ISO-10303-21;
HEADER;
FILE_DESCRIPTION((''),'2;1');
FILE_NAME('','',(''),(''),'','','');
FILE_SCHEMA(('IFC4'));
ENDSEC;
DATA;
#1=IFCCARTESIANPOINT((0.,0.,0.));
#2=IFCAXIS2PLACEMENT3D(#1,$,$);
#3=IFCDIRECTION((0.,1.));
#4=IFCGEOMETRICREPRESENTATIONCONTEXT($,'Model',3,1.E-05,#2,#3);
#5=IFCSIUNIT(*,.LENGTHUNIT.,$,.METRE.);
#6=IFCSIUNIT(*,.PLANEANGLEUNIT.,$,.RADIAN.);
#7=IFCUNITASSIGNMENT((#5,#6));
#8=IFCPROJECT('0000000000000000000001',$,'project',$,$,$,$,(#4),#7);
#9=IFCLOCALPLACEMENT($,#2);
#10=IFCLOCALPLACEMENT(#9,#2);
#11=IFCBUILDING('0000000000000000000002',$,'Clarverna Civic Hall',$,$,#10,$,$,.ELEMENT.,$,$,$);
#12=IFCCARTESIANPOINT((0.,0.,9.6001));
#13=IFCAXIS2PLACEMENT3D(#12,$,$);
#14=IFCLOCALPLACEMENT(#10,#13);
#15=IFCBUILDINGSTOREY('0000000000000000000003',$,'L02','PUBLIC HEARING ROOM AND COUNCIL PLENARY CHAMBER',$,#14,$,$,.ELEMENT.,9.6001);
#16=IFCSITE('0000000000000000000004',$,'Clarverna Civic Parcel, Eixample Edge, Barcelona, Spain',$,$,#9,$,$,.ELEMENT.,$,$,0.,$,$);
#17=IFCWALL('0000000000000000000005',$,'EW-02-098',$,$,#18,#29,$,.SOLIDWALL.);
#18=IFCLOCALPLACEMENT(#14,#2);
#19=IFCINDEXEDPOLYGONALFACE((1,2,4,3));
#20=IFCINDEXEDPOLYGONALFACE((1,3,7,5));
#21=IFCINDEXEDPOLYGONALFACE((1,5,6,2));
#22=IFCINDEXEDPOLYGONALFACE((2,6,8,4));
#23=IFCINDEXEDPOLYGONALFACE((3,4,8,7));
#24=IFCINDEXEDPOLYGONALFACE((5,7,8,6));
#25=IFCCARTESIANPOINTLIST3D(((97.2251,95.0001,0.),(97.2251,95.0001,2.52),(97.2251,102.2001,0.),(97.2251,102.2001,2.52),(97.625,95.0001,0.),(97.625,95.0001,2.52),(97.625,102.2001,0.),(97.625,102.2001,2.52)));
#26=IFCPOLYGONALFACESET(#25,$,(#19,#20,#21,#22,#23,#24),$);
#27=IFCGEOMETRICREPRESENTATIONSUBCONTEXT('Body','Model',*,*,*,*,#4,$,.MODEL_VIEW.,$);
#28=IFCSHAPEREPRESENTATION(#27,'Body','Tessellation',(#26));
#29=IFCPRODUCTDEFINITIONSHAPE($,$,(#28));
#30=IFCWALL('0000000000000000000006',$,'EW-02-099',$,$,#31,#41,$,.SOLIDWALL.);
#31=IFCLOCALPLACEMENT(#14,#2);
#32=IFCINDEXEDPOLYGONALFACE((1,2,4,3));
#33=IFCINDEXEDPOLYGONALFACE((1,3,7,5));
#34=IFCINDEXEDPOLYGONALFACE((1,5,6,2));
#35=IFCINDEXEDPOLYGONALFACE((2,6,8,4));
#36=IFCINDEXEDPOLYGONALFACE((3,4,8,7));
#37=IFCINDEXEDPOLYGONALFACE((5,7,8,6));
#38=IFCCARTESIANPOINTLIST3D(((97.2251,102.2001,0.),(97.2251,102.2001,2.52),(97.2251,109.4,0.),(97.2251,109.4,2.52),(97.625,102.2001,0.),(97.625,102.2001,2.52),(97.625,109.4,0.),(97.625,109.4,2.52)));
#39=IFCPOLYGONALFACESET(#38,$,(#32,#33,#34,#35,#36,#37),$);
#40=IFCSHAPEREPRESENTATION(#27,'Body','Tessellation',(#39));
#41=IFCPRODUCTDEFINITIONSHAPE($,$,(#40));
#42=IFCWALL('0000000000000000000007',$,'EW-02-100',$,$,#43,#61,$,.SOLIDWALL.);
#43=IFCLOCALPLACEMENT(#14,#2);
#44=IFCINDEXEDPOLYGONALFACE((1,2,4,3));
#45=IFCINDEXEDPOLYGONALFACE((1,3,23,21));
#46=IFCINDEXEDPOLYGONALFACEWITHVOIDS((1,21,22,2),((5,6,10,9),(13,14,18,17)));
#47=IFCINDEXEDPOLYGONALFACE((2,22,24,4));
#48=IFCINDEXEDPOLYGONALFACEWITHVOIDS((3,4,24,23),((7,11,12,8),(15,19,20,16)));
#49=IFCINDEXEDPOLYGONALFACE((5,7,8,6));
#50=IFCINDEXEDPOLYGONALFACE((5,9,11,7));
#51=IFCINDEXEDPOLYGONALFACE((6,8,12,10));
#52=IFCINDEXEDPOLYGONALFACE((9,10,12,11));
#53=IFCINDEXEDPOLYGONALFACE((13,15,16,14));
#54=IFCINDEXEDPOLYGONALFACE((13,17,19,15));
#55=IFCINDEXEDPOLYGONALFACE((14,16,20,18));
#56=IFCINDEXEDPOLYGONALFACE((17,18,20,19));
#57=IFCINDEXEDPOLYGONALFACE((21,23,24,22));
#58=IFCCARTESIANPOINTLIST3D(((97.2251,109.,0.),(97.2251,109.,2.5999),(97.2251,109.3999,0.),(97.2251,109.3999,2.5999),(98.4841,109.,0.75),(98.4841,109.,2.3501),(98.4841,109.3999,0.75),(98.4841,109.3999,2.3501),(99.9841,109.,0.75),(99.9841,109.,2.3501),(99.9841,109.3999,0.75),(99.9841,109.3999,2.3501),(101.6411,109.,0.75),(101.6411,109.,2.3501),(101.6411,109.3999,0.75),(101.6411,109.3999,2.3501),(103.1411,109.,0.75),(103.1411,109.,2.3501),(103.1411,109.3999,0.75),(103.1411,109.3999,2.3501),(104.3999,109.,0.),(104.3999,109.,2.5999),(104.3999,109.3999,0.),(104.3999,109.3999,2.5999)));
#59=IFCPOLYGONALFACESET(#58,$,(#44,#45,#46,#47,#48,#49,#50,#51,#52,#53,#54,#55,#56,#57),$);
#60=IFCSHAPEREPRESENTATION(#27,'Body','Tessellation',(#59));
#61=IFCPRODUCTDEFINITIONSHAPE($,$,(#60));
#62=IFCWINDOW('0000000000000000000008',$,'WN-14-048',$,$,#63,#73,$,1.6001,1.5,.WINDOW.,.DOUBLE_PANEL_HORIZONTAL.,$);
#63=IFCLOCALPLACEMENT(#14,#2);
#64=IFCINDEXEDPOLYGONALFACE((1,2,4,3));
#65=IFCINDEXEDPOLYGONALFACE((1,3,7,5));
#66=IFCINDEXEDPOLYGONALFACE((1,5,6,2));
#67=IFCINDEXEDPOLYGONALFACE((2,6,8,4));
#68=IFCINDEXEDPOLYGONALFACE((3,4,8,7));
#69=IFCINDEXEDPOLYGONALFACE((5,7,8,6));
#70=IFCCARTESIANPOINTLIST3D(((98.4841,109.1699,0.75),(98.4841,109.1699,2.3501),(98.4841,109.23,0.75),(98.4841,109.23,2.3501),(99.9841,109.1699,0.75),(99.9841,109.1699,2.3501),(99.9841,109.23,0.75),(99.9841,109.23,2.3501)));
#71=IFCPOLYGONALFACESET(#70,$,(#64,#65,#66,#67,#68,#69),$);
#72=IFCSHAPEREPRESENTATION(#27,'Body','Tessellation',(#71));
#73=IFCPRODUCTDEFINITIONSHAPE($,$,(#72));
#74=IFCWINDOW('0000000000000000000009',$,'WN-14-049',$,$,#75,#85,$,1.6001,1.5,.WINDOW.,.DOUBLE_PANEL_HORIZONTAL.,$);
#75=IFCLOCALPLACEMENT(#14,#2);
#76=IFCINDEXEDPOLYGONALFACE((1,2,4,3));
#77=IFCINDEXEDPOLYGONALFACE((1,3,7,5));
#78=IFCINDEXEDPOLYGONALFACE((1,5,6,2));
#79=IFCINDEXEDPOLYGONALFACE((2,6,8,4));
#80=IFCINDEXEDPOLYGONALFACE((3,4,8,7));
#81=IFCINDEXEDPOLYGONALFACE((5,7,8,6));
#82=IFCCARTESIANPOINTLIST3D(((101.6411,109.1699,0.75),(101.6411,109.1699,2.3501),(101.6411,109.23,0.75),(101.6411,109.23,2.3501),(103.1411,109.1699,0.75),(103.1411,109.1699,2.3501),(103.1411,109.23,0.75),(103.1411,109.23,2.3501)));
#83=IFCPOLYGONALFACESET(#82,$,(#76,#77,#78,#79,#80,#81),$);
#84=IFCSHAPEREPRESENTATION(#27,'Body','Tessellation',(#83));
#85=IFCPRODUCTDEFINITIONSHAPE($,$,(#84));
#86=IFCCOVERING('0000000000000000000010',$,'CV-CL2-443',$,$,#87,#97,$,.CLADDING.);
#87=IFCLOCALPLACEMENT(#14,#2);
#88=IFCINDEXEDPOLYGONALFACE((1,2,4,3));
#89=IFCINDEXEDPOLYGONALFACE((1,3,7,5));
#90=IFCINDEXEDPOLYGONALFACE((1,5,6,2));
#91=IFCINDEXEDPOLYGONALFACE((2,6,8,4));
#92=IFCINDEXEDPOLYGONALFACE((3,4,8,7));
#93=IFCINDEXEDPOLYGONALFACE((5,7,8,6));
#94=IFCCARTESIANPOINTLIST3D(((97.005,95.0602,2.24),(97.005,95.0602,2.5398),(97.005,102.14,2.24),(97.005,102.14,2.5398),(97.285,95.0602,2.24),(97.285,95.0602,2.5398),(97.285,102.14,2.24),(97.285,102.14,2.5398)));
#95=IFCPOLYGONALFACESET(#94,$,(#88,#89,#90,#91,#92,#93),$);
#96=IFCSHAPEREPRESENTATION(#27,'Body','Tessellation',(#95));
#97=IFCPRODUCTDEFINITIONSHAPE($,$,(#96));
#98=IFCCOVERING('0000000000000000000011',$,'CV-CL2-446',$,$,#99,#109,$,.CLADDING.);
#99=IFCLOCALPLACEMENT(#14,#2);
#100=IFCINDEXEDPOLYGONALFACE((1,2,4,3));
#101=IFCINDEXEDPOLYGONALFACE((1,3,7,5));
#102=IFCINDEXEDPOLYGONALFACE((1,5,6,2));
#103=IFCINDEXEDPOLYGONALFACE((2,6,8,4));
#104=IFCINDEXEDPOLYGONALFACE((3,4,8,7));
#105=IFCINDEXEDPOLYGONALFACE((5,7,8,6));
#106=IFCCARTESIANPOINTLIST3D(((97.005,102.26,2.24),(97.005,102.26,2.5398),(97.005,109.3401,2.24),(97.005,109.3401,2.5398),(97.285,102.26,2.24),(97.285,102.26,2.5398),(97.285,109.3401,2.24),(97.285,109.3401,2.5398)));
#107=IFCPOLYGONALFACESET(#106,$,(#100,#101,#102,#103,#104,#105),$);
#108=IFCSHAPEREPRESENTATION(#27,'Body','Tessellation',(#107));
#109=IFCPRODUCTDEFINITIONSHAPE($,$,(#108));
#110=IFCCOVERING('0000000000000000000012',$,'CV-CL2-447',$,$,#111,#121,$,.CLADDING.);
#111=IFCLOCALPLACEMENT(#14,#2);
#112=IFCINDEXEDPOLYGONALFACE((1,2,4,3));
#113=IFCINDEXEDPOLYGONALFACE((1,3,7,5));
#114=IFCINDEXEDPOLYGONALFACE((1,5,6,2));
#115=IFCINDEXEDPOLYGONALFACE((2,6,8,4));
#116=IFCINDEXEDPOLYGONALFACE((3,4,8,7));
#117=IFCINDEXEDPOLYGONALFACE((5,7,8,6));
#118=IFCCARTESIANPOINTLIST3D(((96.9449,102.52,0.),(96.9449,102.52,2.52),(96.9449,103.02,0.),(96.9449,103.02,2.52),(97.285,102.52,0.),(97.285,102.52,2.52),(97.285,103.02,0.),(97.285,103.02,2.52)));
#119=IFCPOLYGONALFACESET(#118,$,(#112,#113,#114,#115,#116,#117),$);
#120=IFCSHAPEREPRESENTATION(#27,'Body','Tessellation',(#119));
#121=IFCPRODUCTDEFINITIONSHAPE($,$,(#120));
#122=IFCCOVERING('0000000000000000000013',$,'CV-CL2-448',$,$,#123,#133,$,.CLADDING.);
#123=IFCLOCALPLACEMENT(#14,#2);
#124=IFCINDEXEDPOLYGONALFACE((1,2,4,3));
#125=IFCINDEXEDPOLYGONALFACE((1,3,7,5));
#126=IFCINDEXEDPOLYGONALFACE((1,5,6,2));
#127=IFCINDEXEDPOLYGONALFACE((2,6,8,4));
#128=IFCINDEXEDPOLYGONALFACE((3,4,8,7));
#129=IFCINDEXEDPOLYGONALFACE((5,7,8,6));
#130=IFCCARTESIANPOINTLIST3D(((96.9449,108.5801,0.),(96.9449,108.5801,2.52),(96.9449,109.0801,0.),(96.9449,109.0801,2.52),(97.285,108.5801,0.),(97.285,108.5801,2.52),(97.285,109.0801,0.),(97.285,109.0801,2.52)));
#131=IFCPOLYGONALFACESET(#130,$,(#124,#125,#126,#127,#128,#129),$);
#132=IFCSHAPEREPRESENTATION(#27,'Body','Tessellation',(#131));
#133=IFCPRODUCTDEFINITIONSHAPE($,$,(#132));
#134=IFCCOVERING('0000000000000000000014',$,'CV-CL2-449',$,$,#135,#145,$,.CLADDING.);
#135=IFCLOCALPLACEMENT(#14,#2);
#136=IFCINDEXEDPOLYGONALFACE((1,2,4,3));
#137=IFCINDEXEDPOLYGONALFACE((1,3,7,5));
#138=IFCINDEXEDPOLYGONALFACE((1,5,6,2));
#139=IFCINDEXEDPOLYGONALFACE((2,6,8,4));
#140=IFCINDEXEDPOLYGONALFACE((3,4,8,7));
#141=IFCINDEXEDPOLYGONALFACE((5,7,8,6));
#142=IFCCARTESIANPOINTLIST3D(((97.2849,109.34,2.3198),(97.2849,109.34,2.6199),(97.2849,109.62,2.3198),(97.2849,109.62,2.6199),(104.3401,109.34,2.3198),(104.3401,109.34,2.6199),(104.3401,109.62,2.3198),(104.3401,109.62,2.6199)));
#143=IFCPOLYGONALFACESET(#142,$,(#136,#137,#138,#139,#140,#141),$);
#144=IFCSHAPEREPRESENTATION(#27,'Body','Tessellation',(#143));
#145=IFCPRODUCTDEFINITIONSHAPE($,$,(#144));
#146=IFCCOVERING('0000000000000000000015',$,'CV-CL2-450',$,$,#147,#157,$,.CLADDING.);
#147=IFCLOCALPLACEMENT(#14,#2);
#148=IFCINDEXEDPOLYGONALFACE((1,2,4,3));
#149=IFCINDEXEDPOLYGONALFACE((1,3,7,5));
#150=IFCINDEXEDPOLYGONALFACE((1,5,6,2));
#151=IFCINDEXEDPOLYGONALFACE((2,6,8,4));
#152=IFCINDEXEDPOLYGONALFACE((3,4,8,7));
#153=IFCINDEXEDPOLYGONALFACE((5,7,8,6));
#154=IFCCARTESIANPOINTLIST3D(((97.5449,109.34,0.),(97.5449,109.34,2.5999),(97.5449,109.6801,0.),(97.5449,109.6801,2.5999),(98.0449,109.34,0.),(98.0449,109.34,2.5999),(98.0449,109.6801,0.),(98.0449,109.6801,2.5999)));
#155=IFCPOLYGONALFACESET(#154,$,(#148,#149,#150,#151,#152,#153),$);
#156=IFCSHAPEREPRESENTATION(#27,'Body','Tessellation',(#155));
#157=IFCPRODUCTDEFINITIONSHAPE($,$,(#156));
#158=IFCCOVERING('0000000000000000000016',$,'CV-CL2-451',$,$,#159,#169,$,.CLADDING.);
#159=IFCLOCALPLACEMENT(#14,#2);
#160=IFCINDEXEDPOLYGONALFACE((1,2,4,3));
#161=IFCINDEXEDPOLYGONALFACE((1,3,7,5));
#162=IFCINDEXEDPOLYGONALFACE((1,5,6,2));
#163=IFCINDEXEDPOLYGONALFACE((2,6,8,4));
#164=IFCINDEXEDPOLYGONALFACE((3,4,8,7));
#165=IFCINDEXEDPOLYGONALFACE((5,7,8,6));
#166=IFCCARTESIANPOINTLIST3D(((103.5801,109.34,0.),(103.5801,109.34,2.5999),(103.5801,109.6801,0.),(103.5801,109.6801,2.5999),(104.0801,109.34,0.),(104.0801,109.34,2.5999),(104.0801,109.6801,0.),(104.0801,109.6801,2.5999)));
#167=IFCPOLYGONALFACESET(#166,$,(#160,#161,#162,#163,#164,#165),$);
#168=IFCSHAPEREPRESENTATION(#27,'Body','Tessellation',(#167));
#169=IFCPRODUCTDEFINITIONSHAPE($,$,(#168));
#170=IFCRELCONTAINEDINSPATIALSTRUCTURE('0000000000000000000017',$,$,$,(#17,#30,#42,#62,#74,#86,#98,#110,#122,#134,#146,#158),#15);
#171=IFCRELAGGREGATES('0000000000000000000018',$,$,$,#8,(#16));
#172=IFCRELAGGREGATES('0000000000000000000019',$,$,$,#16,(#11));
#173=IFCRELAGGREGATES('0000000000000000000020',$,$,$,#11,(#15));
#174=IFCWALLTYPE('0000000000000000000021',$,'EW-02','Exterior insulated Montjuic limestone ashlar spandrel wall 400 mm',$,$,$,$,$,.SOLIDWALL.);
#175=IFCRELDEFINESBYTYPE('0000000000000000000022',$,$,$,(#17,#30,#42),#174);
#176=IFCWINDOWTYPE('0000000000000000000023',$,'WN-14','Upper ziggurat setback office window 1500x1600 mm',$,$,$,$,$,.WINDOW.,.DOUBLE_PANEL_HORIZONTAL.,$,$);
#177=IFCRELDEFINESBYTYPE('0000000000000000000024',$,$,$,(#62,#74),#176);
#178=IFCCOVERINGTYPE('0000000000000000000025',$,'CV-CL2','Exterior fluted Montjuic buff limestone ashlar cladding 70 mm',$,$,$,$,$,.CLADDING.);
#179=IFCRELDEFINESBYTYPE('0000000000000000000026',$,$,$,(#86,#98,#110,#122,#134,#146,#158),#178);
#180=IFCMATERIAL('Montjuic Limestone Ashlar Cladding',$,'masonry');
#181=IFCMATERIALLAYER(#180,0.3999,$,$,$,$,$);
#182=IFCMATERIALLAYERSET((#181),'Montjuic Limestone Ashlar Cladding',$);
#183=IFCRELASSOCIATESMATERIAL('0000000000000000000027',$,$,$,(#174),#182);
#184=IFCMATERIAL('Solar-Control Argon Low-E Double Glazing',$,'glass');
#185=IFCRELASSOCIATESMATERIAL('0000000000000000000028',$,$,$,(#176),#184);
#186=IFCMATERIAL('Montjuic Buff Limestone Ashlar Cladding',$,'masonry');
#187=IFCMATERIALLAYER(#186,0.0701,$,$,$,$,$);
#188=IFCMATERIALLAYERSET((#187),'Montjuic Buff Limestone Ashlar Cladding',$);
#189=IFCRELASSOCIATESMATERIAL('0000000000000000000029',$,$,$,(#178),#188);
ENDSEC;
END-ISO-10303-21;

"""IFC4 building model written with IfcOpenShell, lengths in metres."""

from ifc_helpers import new_model, si_unit, direction, frame, frame_2d, origin, place, context, subcontext, project, spatial, rectangle, extrude, material, layer, layer_set, type_object, element, fill, save


model = new_model("IFC4")

# Units and contexts
model_context = context("Model", 3, precision=1e-05, world=origin(), true_north=direction((0.0, 1.0)))
body_context = subcontext(model_context, "Body", "Model", "MODEL_VIEW")
ifc_project = project(units=[si_unit("LENGTHUNIT", "METRE"), si_unit("PLANEANGLEUNIT", "RADIAN")], contexts=[model_context])

# Site, building, storey
site_placement = place(None, origin())
site = spatial("IfcSite", under=ifc_project, at=site_placement, Name="Clarverna Civic Parcel, Eixample Edge, Barcelona, Spain", CompositionType="ELEMENT", RefElevation=0.0)
building_placement = place(site_placement, origin())
building = spatial("IfcBuilding", under=site, at=building_placement, Name="Clarverna Civic Hall", CompositionType="ELEMENT")
storey_placement = place(building_placement, frame((0.0, 0.0, 9.6001)))
storey = spatial("IfcBuildingStorey", under=building, at=storey_placement, Name="L02", Description="PUBLIC HEARING ROOM AND COUNCIL PLENARY CHAMBER", CompositionType="ELEMENT", Elevation=9.6001)

# Walls
ifc_material_1 = material(Name="Montjuic Limestone Ashlar Cladding", Category="masonry")
ifc_layer_1 = layer(ifc_material_1, 0.3999)
ifc_layer_set_1 = layer_set([ifc_layer_1], Name="Montjuic Limestone Ashlar Cladding")
wall_type = type_object("IfcWallType", Name="EW-02", Description="Exterior insulated Montjuic limestone ashlar spandrel wall 400 mm", PredefinedType="SOLIDWALL", material=ifc_layer_set_1)
for number, where, z_axis, x_axis, name in (
    (1, (97.425, 95.0, 0.0), (0.0, 0.0, 1.0), (0.0, 1.0, 0.0), "EW-02-098"),
    (2, (97.425, 102.2, 0.0), (0.0, 0.0, 1.0), (0.0, 1.0, 0.0), "EW-02-099"),
):
    element("IfcWall", number, at=place(storey_placement, frame(where, z_axis=z_axis, x_axis=x_axis)), inside=storey, type_object=wall_type, Name=name, PredefinedType="SOLIDWALL", context=body_context, shape_type="SweptSolid", body=[
        extrude(rectangle(XDim=7.2, YDim=0.3999, at=frame_2d((3.6001, 0.0))), origin(), (0.0, 0.0, 1.0), 2.52),
    ])

# Wall, openings, windows
wall_placement = place(storey_placement, frame((97.2251, 109.2, 0.0), z_axis=(0.0, 0.0, 1.0), x_axis=(1.0, 0.0, 0.0)))
wall = element("IfcWall", 3, at=wall_placement, inside=storey, type_object=wall_type, Name="EW-02-100", PredefinedType="SOLIDWALL", context=body_context, shape_type="SweptSolid", body=[
    extrude(rectangle(XDim=7.1748, YDim=0.3999, at=frame_2d((3.5874, 0.0))), origin(), (0.0, 0.0, 1.0), 2.5999),
])
opening_1_placement = place(wall_placement, frame((1.259, 0.0, 0.75)))
opening_1 = element("IfcOpeningElement", 4, at=opening_1_placement, cuts=wall, PredefinedType="OPENING", context=body_context, shape_type="SweptSolid", body=[
    extrude(rectangle(XDim=1.5, YDim=1.6001, at=frame_2d((0.75, 0.8))), frame((0.0, 0.21, 0.0), z_axis=(0.0, -1.0, 0.0), x_axis=(1.0, 0.0, 0.0)), (0.0, 0.0, 1.0), 0.4199),
])
opening_2_placement = place(wall_placement, frame((4.416, 0.0, 0.75)))
opening_2 = element("IfcOpeningElement", 5, at=opening_2_placement, cuts=wall, PredefinedType="OPENING", context=body_context, shape_type="SweptSolid", body=[
    extrude(rectangle(XDim=1.5, YDim=1.6001, at=frame_2d((0.75, 0.8))), frame((0.0, 0.21, 0.0), z_axis=(0.0, -1.0, 0.0), x_axis=(1.0, 0.0, 0.0)), (0.0, 0.0, 1.0), 0.4199),
])
ifc_material_2 = material(Name="Solar-Control Argon Low-E Double Glazing", Category="glass")
window_type = type_object("IfcWindowType", Name="WN-14", Description="Upper ziggurat setback office window 1500x1600 mm", PartitioningType="DOUBLE_PANEL_HORIZONTAL", PredefinedType="WINDOW", material=ifc_material_2)
window_1_placement = place(opening_1_placement, origin())
window_1 = element("IfcWindow", 6, at=window_1_placement, inside=storey, type_object=window_type, Name="WN-14-048", OverallHeight=1.6001, OverallWidth=1.5, PartitioningType="DOUBLE_PANEL_HORIZONTAL", PredefinedType="WINDOW", context=body_context, shape_type="SweptSolid", body=[
    extrude(rectangle(XDim=1.5, YDim=1.6001, at=frame_2d((0.75, 0.8))), frame((0.0, 0.03, 0.0), z_axis=(0.0, -1.0, 0.0), x_axis=(1.0, 0.0, 0.0)), (0.0, 0.0, 1.0), 0.0601),
])
fill(opening_1, window_1)
window_2_placement = place(opening_2_placement, origin())
window_2 = element("IfcWindow", 7, at=window_2_placement, inside=storey, type_object=window_type, Name="WN-14-049", OverallHeight=1.6001, OverallWidth=1.5, PartitioningType="DOUBLE_PANEL_HORIZONTAL", PredefinedType="WINDOW", context=body_context, shape_type="SweptSolid", body=[
    extrude(rectangle(XDim=1.5, YDim=1.6001, at=frame_2d((0.75, 0.8))), frame((0.0, 0.03, 0.0), z_axis=(0.0, -1.0, 0.0), x_axis=(1.0, 0.0, 0.0)), (0.0, 0.0, 1.0), 0.0601),
])
fill(opening_2, window_2)

# Coverings
ifc_material_3 = material(Name="Montjuic Buff Limestone Ashlar Cladding", Category="masonry")
ifc_layer_2 = layer(ifc_material_3, 0.0701)
ifc_layer_set_2 = layer_set([ifc_layer_2], Name="Montjuic Buff Limestone Ashlar Cladding")
covering_type = type_object("IfcCoveringType", Name="CV-CL2", Description="Exterior fluted Montjuic buff limestone ashlar cladding 70 mm", PredefinedType="CLADDING", material=ifc_layer_set_2)
covering_1_placement = place(storey_placement, frame((97.145, 95.0601, 2.24), z_axis=(0.0, 0.0, 1.0), x_axis=(0.0, 1.0, 0.0)))
element("IfcCovering", 8, at=covering_1_placement, inside=storey, type_object=covering_type, Name="CV-CL2-443", PredefinedType="CLADDING", context=body_context, shape_type="SweptSolid", body=[
    extrude(rectangle(XDim=7.0798, YDim=0.28, at=frame_2d((3.54, 0.0))), origin(), (0.0, 0.0, 1.0), 0.2998),
])
covering_2_placement = place(storey_placement, frame((97.145, 102.26, 2.24), z_axis=(0.0, 0.0, 1.0), x_axis=(0.0, 1.0, 0.0)))
element("IfcCovering", 9, at=covering_2_placement, inside=storey, type_object=covering_type, Name="CV-CL2-446", PredefinedType="CLADDING", context=body_context, shape_type="SweptSolid", body=[
    extrude(rectangle(XDim=7.0801, YDim=0.28, at=frame_2d((3.54, 0.0))), origin(), (0.0, 0.0, 1.0), 0.2998),
])
for number, where, z_axis, x_axis, name in (
    (10, (97.115, 102.52, 0.0), (0.0, 0.0, 1.0), (0.0, 1.0, 0.0), "CV-CL2-447"),
    (11, (97.115, 108.5801, 0.0), (0.0, 0.0, 1.0), (0.0, 1.0, 0.0), "CV-CL2-448"),
):
    element("IfcCovering", number, at=place(storey_placement, frame(where, z_axis=z_axis, x_axis=x_axis)), inside=storey, type_object=covering_type, Name=name, PredefinedType="CLADDING", context=body_context, shape_type="SweptSolid", body=[
        extrude(rectangle(XDim=0.5, YDim=0.3401, at=frame_2d((0.25, 0.0))), origin(), (0.0, 0.0, 1.0), 2.52),
    ])
covering_3_placement = place(storey_placement, frame((97.2849, 109.48, 2.3198), z_axis=(0.0, 0.0, 1.0), x_axis=(1.0, 0.0, 0.0)))
element("IfcCovering", 12, at=covering_3_placement, inside=storey, type_object=covering_type, Name="CV-CL2-449", PredefinedType="CLADDING", context=body_context, shape_type="SweptSolid", body=[
    extrude(rectangle(XDim=7.0552, YDim=0.28, at=frame_2d((3.5276, 0.0))), origin(), (0.0, 0.0, 1.0), 0.3),
])
for number, where, z_axis, x_axis, name in (
    (13, (97.5449, 109.51, 0.0), (0.0, 0.0, 1.0), (1.0, 0.0, 0.0), "CV-CL2-450"),
    (14, (103.5801, 109.51, 0.0), (0.0, 0.0, 1.0), (1.0, 0.0, 0.0), "CV-CL2-451"),
):
    element("IfcCovering", number, at=place(storey_placement, frame(where, z_axis=z_axis, x_axis=x_axis)), inside=storey, type_object=covering_type, Name=name, PredefinedType="CLADDING", context=body_context, shape_type="SweptSolid", body=[
        extrude(rectangle(XDim=0.5, YDim=0.3401, at=frame_2d((0.25, 0.0))), origin(), (0.0, 0.0, 1.0), 2.5999),
    ])

save(model, "model.ifc")
